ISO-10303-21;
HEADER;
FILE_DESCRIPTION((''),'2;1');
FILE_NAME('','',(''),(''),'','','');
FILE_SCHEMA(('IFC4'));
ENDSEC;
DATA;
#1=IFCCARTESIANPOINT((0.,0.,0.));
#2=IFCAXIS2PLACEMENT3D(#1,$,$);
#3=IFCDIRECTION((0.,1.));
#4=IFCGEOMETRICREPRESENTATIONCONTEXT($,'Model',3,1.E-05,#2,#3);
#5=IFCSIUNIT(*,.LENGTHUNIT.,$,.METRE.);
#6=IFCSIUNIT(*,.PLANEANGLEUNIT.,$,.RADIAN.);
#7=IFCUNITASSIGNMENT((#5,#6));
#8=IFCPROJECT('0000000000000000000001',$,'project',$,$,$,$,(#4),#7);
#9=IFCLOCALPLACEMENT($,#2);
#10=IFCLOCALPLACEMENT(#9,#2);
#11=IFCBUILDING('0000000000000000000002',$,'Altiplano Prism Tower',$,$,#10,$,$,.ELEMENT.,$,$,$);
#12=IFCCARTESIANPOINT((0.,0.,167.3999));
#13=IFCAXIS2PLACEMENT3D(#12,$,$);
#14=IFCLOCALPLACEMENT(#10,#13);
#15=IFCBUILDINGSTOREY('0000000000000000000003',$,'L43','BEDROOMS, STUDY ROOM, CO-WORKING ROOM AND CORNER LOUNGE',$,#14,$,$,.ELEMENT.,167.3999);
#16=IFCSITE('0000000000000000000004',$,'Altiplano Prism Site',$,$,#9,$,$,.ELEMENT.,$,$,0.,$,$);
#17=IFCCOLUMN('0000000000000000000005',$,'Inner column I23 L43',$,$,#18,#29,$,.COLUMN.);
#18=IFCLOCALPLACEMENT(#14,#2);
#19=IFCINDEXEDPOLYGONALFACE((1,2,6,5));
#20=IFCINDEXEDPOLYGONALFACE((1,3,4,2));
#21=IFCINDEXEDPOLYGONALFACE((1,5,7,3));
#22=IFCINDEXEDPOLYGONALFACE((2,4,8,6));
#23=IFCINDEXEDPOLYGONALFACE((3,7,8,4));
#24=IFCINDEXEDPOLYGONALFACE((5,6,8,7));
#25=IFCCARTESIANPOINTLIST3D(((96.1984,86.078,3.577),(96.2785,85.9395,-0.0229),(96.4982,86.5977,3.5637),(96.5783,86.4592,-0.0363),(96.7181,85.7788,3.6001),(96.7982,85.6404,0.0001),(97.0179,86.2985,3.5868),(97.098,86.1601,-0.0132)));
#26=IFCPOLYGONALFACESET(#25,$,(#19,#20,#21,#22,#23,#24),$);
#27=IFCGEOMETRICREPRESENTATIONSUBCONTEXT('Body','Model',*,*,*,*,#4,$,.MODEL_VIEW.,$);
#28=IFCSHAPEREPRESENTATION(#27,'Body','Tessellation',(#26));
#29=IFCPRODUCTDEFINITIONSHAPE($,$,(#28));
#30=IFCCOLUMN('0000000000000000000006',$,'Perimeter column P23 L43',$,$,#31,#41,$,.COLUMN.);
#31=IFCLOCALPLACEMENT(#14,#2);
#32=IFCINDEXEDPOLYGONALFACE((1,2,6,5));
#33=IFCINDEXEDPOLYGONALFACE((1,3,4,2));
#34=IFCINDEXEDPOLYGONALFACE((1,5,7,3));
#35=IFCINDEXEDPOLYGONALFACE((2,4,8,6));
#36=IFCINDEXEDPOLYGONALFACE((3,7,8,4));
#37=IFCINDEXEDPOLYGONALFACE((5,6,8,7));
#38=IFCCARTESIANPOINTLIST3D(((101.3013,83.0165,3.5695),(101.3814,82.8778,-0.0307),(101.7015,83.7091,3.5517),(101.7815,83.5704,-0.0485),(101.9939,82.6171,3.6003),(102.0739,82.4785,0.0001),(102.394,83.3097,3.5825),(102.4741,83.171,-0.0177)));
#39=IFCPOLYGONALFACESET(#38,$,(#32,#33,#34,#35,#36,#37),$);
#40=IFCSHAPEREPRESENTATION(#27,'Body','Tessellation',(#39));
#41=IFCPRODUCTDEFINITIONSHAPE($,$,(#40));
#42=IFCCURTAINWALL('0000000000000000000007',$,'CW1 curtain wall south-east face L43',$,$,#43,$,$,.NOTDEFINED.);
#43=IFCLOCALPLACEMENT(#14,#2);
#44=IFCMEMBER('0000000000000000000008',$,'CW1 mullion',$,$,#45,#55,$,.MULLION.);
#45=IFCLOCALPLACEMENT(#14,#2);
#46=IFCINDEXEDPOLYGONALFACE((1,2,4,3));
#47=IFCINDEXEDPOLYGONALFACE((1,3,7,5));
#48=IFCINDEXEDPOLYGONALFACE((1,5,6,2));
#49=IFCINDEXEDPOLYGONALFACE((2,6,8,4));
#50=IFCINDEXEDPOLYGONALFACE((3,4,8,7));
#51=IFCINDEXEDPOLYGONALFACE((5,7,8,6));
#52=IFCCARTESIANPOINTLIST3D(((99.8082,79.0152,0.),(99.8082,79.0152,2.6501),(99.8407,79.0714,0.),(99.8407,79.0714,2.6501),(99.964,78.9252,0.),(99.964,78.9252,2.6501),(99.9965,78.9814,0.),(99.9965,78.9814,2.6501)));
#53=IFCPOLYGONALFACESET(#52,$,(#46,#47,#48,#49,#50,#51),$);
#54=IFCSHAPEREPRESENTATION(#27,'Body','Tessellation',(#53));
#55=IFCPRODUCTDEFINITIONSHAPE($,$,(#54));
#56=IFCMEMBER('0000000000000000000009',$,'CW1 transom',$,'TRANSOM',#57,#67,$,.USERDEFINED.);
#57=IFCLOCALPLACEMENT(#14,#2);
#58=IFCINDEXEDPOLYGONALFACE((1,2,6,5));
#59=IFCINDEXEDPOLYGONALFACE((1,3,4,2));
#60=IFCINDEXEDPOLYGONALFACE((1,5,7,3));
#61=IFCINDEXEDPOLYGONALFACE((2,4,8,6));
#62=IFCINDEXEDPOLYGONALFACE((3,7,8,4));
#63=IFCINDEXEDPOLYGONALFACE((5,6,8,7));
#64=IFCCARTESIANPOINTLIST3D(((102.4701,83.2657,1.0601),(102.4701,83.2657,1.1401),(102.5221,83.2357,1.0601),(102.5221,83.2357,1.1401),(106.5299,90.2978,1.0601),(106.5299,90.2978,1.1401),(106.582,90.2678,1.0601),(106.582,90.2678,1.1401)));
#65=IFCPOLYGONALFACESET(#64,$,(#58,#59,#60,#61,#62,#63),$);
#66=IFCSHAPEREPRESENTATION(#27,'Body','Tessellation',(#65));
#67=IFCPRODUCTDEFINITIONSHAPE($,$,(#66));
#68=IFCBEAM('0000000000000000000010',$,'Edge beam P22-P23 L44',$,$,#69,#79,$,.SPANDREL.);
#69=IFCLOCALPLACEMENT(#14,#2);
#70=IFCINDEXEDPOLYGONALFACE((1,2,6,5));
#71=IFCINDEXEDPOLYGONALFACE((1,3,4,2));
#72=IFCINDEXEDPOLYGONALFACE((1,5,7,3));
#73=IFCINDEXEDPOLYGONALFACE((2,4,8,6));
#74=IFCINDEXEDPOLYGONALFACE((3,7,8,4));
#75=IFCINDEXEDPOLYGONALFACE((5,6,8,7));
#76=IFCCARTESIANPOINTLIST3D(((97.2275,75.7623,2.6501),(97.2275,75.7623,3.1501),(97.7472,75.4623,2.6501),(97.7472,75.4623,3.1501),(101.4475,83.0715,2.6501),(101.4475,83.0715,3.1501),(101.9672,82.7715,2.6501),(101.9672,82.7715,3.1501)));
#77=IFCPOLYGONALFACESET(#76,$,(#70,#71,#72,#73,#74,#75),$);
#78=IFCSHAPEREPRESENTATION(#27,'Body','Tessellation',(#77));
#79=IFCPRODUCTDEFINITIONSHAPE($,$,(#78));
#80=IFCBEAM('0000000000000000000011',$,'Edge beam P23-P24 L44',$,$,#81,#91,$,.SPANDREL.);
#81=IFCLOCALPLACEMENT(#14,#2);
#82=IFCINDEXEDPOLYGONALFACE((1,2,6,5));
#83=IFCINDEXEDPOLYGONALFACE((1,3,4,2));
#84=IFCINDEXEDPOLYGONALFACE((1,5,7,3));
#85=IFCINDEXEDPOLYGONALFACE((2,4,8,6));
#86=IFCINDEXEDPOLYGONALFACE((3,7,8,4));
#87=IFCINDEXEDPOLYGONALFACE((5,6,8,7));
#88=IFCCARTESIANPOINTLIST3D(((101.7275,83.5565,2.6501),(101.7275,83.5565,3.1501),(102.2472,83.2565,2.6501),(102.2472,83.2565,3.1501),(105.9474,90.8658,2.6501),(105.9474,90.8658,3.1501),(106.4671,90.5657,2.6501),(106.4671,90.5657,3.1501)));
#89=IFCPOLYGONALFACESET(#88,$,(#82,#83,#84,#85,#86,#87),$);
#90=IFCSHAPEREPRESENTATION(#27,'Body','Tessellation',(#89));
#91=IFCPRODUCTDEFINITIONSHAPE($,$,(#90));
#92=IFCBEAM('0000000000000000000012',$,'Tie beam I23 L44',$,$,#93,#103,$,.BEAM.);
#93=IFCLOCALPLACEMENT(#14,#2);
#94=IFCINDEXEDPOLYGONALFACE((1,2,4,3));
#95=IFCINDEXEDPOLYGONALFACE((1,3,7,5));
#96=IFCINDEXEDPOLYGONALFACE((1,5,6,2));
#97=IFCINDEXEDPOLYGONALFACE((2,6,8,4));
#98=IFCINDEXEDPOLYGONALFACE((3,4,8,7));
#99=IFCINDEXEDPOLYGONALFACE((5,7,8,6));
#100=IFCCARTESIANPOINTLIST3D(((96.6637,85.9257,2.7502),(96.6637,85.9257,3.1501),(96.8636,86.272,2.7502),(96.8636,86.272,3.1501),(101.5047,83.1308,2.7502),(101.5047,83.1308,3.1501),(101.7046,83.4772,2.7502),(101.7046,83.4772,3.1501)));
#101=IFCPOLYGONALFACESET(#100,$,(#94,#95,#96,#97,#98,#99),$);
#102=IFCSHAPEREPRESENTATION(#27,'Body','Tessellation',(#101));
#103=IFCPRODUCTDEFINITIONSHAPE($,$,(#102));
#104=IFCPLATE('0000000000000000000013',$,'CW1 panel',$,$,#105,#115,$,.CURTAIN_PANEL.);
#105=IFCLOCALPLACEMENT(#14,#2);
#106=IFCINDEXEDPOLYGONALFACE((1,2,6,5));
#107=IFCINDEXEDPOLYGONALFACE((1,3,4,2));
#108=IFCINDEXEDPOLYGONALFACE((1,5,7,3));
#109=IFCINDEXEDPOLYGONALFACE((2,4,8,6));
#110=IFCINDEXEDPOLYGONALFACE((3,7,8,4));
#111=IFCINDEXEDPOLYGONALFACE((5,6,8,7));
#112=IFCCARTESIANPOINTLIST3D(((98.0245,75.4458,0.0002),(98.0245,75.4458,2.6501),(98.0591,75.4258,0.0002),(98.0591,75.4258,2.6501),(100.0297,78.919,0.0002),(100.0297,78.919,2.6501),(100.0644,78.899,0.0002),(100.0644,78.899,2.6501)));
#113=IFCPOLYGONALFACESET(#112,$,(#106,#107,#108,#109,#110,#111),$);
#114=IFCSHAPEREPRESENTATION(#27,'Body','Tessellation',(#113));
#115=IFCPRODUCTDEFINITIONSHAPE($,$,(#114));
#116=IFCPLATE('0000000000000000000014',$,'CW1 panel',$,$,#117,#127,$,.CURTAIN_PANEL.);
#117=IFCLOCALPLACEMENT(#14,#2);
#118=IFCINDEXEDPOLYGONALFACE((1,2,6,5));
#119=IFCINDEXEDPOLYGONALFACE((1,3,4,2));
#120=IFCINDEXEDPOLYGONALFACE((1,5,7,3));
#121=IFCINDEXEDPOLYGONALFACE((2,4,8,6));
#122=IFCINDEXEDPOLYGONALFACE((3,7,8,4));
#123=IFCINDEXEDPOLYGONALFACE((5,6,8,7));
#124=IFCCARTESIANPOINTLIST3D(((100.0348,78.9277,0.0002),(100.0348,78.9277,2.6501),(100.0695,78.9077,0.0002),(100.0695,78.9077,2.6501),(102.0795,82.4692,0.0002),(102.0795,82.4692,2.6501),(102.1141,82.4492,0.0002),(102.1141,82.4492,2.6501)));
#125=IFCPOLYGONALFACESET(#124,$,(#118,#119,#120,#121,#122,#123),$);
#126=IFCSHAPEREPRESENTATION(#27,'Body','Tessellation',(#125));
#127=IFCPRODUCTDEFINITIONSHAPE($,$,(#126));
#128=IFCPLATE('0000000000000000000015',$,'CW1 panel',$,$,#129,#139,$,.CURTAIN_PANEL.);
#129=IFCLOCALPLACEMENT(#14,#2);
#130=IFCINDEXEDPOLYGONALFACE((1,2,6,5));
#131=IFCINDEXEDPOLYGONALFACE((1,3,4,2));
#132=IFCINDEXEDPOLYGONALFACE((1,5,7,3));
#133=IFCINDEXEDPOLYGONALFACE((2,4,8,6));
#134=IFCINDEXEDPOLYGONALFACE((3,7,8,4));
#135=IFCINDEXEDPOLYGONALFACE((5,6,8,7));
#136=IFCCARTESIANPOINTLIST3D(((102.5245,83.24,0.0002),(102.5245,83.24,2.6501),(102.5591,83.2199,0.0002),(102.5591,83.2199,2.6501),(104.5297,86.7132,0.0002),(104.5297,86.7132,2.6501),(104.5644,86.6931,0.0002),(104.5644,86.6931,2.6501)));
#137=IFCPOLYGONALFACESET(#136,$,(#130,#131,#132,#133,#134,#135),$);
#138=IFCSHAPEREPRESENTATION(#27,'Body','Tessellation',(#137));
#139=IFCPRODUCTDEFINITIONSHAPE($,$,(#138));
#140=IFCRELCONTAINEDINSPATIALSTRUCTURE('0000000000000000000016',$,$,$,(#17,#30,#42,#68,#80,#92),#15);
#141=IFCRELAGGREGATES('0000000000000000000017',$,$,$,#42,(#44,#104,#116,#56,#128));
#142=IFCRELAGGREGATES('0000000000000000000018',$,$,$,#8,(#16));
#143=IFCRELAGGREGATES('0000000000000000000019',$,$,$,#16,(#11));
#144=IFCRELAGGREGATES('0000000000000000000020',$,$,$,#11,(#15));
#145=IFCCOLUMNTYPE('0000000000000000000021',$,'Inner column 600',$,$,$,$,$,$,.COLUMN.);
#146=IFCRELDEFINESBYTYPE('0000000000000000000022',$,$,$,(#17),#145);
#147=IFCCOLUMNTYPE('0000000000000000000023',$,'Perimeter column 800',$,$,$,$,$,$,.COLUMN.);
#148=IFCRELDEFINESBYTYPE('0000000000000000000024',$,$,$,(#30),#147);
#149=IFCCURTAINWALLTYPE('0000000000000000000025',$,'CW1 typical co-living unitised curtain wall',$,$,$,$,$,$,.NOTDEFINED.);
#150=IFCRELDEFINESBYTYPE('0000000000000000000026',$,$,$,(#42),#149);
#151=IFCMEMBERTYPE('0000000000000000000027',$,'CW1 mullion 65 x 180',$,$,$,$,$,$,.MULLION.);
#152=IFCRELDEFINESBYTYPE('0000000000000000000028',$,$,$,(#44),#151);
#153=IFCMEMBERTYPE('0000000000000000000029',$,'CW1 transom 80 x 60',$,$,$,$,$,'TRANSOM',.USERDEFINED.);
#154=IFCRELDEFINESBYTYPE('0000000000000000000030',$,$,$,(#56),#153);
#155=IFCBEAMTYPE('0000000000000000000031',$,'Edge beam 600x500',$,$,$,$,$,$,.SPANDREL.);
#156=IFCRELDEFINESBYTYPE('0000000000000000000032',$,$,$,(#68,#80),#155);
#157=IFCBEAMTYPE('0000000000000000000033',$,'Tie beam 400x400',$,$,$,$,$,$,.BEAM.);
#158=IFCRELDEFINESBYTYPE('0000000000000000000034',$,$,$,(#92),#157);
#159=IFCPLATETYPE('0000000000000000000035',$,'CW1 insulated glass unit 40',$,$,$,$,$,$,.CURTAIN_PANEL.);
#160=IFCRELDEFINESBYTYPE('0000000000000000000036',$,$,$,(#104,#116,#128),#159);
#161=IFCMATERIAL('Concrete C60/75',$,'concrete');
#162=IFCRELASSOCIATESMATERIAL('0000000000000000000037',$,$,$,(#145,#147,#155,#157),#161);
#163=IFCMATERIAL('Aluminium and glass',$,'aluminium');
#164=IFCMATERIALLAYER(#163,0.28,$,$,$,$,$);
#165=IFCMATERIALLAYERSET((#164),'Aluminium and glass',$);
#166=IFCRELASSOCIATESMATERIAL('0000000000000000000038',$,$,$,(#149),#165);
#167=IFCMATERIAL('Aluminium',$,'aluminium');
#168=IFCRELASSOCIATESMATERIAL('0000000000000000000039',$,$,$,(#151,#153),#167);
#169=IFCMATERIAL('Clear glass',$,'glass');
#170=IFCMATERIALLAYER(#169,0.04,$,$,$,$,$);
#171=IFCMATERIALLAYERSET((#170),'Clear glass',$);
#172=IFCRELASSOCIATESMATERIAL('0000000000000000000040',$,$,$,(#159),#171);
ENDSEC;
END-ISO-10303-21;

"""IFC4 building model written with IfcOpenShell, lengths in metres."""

from ifc_helpers import new_model, si_unit, direction, frame, origin, origin_2d, place, context, subcontext, project, spatial, rectangle, extrude, material, layer, layer_set, material_profile, profile_set, type_object, element, aggregate, save


model = new_model("IFC4")

# Units and contexts
model_context = context("Model", 3, precision=1e-05, world=origin(), true_north=direction((0.0, 1.0)))
body_context = subcontext(model_context, "Body", "Model", "MODEL_VIEW")
ifc_project = project(units=[si_unit("LENGTHUNIT", "METRE"), si_unit("PLANEANGLEUNIT", "RADIAN")], contexts=[model_context])

# Site, building, storey
site_placement = place(None, origin())
site = spatial("IfcSite", under=ifc_project, at=site_placement, Name="Altiplano Prism Site", CompositionType="ELEMENT", RefElevation=0.0)
building_placement = place(site_placement, origin())
building = spatial("IfcBuilding", under=site, at=building_placement, Name="Altiplano Prism Tower", CompositionType="ELEMENT")
storey_placement = place(building_placement, frame((0.0, 0.0, 167.3999)))
storey = spatial("IfcBuildingStorey", under=building, at=storey_placement, Name="L43", Description="BEDROOMS, STUDY ROOM, CO-WORKING ROOM AND CORNER LOUNGE", CompositionType="ELEMENT", Elevation=167.3999)

# Columns
ifc_material_1 = material(Name="Concrete C60/75", Category="concrete")
ifc_material_profile_1 = material_profile(ifc_material_1, rectangle(XDim=0.6001, YDim=0.6001, at=origin_2d()), Name="Inner column 600")
ifc_profile_set_1 = profile_set([ifc_material_profile_1], Name="Concrete C60/75")
column_type_1 = type_object("IfcColumnType", Name="Inner column 600", PredefinedType="COLUMN", material=ifc_profile_set_1)
column_1_placement = place(storey_placement, frame((96.6882, 86.0498, -0.0181), z_axis=(-0.022223, 0.038416, 0.999015), x_axis=(-0.499508, -0.866025, 0.02219)))
element("IfcColumn", 1, at=column_1_placement, inside=storey, type_object=column_type_1, Name="Inner column I23 L43", PredefinedType="COLUMN", context=body_context, shape_type="SweptSolid", body=[
    extrude(rectangle(XDim=0.6001, YDim=0.6001, at=origin_2d()), origin(), (0.0, 0.0, 1.0), 3.6035),
])
ifc_material_profile_2 = material_profile(ifc_material_1, rectangle(XDim=0.8, YDim=0.8, at=origin_2d()), Name="Perimeter column 800")
ifc_profile_set_2 = profile_set([ifc_material_profile_2], Name="Concrete C60/75")
column_type_2 = type_object("IfcColumnType", Name="Perimeter column 800", PredefinedType="COLUMN", material=ifc_profile_set_2)
column_2_placement = place(storey_placement, frame((101.9277, 83.0244, -0.0242), z_axis=(-0.022221, 0.038481, 0.999012), x_axis=(-0.50017, -0.865642, 0.022218)))
element("IfcColumn", 2, at=column_2_placement, inside=storey, type_object=column_type_2, Name="Perimeter column P23 L43", PredefinedType="COLUMN", context=body_context, shape_type="SweptSolid", body=[
    extrude(rectangle(XDim=0.8, YDim=0.8, at=origin_2d()), origin(), (0.0, 0.0, 1.0), 3.6038),
])

# Curtain wall, members
ifc_material_2 = material(Name="Aluminium and glass", Category="aluminium")
ifc_layer_1 = layer(ifc_material_2, 0.28)
ifc_layer_set_1 = layer_set([ifc_layer_1], Name="Aluminium and glass")
curtain_wall_type = type_object("IfcCurtainWallType", Name="CW1 typical co-living unitised curtain wall", PredefinedType="NOTDEFINED", material=ifc_layer_set_1)
curtain_wall_placement = place(storey_placement, origin())
curtain_wall = element("IfcCurtainWall", 3, at=curtain_wall_placement, inside=storey, type_object=curtain_wall_type, Name="CW1 curtain wall south-east face L43", PredefinedType="NOTDEFINED")
ifc_material_3 = material(Name="Aluminium", Category="aluminium")
ifc_material_profile_3 = material_profile(ifc_material_3, rectangle(XDim=0.1799, YDim=0.0649, at=origin_2d()), Name="CW1 mullion 65 x 180")
ifc_profile_set_3 = profile_set([ifc_material_profile_3], Name="Aluminium")
member_type_1 = type_object("IfcMemberType", Name="CW1 mullion 65 x 180", PredefinedType="MULLION", material=ifc_profile_set_3)
member_1_placement = place(storey_placement, frame((99.9023, 78.9983, 0.0), z_axis=(0.0, 0.0, 1.0), x_axis=(-0.866025, 0.5, 0.0)))
member_1 = element("IfcMember", 4, at=member_1_placement, type_object=member_type_1, Name="CW1 mullion", PredefinedType="MULLION", context=body_context, shape_type="SweptSolid", body=[
    extrude(rectangle(XDim=0.1799, YDim=0.0649, at=origin_2d()), origin(), (0.0, 0.0, 1.0), 2.6501),
])
ifc_material_profile_4 = material_profile(ifc_material_3, rectangle(XDim=0.0601, YDim=0.0801, at=origin_2d()), Name="CW1 transom 80 x 60")
ifc_profile_set_4 = profile_set([ifc_material_profile_4], Name="Aluminium")
member_type_2 = type_object("IfcMemberType", Name="CW1 transom 80 x 60", ElementType="TRANSOM", PredefinedType="USERDEFINED", material=ifc_profile_set_4)
member_2_placement = place(storey_placement, frame((102.4961, 83.2507, 1.1001), z_axis=(0.499991, 0.866031, 0.0), x_axis=(-0.866031, 0.499991, 0.0)))
member_2 = element("IfcMember", 5, at=member_2_placement, type_object=member_type_2, Name="CW1 transom", ObjectType="TRANSOM", PredefinedType="USERDEFINED", context=body_context, shape_type="SweptSolid", body=[
    extrude(rectangle(XDim=0.0601, YDim=0.0801, at=origin_2d()), origin(), (0.0, 0.0, 1.0), 8.1199),
])

# Beams
ifc_material_profile_5 = material_profile(ifc_material_1, rectangle(XDim=0.6001, YDim=0.5, at=origin_2d()), Name="Edge beam 600x500")
ifc_profile_set_5 = profile_set([ifc_material_profile_5], Name="Concrete C60/75")
beam_type_1 = type_object("IfcBeamType", Name="Edge beam 600x500", PredefinedType="SPANDREL", material=ifc_profile_set_5)
for number, where, z_axis, x_axis, name in (
    (6, (97.4873, 75.6123, 2.9001), (0.500006, 0.866022, 0.0), (-0.866022, 0.500006, 0.0), "Edge beam P22-P23 L44"),
    (7, (101.9873, 83.4065, 2.9001), (0.499994, 0.866029, 0.0), (-0.866029, 0.499994, 0.0), "Edge beam P23-P24 L44"),
):
    element("IfcBeam", number, at=place(storey_placement, frame(where, z_axis=z_axis, x_axis=x_axis)), inside=storey, type_object=beam_type_1, Name=name, PredefinedType="SPANDREL", context=body_context, shape_type="SweptSolid", body=[
        extrude(rectangle(XDim=0.6001, YDim=0.5, at=origin_2d()), origin(), (0.0, 0.0, 1.0), 8.4399),
    ])
ifc_material_profile_6 = material_profile(ifc_material_1, rectangle(XDim=0.3999, YDim=0.3999, at=origin_2d()), Name="Tie beam 400x400")
ifc_profile_set_6 = profile_set([ifc_material_profile_6], Name="Concrete C60/75")
beam_type_2 = type_object("IfcBeamType", Name="Tie beam 400x400", PredefinedType="BEAM", material=ifc_profile_set_6)
beam_placement = place(storey_placement, frame((96.7637, 86.0989, 2.9502), z_axis=(0.866031, -0.499991, 0.0), x_axis=(0.499991, 0.866031, 0.0)))
element("IfcBeam", 8, at=beam_placement, inside=storey, type_object=beam_type_2, Name="Tie beam I23 L44", PredefinedType="BEAM", context=body_context, shape_type="SweptSolid", body=[
    extrude(rectangle(XDim=0.3999, YDim=0.3999, at=origin_2d()), origin(), (0.0, 0.0, 1.0), 5.5898),
])

# Plates
ifc_material_4 = material(Name="Clear glass", Category="glass")
ifc_layer_2 = layer(ifc_material_4, 0.04)
ifc_layer_set_2 = layer_set([ifc_layer_2], Name="Clear glass")
plate_type = type_object("IfcPlateType", Name="CW1 insulated glass unit 40", PredefinedType="CURTAIN_PANEL", material=ifc_layer_set_2)
plate_1_placement = place(storey_placement, frame((99.0444, 77.1724, 0.0002), z_axis=(0.0, 0.0, 1.0), x_axis=(0.5, 0.866025, 0.0)))
plate_1 = element("IfcPlate", 9, at=plate_1_placement, type_object=plate_type, Name="CW1 panel", PredefinedType="CURTAIN_PANEL", context=body_context, shape_type="SweptSolid", body=[
    extrude(rectangle(XDim=4.0105, YDim=0.04, at=origin_2d()), origin(), (0.0, 0.0, 1.0), 2.6499),
])
plate_2_placement = place(storey_placement, frame((101.0745, 80.6885, 0.0002), z_axis=(0.0, 0.0, 1.0), x_axis=(0.5, 0.866025, 0.0)))
plate_2 = element("IfcPlate", 10, at=plate_2_placement, type_object=plate_type, Name="CW1 panel", PredefinedType="CURTAIN_PANEL", context=body_context, shape_type="SweptSolid", body=[
    extrude(rectangle(XDim=4.0894, YDim=0.04, at=origin_2d()), origin(), (0.0, 0.0, 1.0), 2.6499),
])
plate_3_placement = place(storey_placement, frame((103.5444, 84.9666, 0.0002), z_axis=(0.0, 0.0, 1.0), x_axis=(0.5, 0.866025, 0.0)))
plate_3 = element("IfcPlate", 11, at=plate_3_placement, type_object=plate_type, Name="CW1 panel", PredefinedType="CURTAIN_PANEL", context=body_context, shape_type="SweptSolid", body=[
    extrude(rectangle(XDim=4.0105, YDim=0.04, at=origin_2d()), origin(), (0.0, 0.0, 1.0), 2.6499),
])
aggregate(curtain_wall, [member_1, plate_1, plate_2, member_2, plate_3])

save(model, "model.ifc")
